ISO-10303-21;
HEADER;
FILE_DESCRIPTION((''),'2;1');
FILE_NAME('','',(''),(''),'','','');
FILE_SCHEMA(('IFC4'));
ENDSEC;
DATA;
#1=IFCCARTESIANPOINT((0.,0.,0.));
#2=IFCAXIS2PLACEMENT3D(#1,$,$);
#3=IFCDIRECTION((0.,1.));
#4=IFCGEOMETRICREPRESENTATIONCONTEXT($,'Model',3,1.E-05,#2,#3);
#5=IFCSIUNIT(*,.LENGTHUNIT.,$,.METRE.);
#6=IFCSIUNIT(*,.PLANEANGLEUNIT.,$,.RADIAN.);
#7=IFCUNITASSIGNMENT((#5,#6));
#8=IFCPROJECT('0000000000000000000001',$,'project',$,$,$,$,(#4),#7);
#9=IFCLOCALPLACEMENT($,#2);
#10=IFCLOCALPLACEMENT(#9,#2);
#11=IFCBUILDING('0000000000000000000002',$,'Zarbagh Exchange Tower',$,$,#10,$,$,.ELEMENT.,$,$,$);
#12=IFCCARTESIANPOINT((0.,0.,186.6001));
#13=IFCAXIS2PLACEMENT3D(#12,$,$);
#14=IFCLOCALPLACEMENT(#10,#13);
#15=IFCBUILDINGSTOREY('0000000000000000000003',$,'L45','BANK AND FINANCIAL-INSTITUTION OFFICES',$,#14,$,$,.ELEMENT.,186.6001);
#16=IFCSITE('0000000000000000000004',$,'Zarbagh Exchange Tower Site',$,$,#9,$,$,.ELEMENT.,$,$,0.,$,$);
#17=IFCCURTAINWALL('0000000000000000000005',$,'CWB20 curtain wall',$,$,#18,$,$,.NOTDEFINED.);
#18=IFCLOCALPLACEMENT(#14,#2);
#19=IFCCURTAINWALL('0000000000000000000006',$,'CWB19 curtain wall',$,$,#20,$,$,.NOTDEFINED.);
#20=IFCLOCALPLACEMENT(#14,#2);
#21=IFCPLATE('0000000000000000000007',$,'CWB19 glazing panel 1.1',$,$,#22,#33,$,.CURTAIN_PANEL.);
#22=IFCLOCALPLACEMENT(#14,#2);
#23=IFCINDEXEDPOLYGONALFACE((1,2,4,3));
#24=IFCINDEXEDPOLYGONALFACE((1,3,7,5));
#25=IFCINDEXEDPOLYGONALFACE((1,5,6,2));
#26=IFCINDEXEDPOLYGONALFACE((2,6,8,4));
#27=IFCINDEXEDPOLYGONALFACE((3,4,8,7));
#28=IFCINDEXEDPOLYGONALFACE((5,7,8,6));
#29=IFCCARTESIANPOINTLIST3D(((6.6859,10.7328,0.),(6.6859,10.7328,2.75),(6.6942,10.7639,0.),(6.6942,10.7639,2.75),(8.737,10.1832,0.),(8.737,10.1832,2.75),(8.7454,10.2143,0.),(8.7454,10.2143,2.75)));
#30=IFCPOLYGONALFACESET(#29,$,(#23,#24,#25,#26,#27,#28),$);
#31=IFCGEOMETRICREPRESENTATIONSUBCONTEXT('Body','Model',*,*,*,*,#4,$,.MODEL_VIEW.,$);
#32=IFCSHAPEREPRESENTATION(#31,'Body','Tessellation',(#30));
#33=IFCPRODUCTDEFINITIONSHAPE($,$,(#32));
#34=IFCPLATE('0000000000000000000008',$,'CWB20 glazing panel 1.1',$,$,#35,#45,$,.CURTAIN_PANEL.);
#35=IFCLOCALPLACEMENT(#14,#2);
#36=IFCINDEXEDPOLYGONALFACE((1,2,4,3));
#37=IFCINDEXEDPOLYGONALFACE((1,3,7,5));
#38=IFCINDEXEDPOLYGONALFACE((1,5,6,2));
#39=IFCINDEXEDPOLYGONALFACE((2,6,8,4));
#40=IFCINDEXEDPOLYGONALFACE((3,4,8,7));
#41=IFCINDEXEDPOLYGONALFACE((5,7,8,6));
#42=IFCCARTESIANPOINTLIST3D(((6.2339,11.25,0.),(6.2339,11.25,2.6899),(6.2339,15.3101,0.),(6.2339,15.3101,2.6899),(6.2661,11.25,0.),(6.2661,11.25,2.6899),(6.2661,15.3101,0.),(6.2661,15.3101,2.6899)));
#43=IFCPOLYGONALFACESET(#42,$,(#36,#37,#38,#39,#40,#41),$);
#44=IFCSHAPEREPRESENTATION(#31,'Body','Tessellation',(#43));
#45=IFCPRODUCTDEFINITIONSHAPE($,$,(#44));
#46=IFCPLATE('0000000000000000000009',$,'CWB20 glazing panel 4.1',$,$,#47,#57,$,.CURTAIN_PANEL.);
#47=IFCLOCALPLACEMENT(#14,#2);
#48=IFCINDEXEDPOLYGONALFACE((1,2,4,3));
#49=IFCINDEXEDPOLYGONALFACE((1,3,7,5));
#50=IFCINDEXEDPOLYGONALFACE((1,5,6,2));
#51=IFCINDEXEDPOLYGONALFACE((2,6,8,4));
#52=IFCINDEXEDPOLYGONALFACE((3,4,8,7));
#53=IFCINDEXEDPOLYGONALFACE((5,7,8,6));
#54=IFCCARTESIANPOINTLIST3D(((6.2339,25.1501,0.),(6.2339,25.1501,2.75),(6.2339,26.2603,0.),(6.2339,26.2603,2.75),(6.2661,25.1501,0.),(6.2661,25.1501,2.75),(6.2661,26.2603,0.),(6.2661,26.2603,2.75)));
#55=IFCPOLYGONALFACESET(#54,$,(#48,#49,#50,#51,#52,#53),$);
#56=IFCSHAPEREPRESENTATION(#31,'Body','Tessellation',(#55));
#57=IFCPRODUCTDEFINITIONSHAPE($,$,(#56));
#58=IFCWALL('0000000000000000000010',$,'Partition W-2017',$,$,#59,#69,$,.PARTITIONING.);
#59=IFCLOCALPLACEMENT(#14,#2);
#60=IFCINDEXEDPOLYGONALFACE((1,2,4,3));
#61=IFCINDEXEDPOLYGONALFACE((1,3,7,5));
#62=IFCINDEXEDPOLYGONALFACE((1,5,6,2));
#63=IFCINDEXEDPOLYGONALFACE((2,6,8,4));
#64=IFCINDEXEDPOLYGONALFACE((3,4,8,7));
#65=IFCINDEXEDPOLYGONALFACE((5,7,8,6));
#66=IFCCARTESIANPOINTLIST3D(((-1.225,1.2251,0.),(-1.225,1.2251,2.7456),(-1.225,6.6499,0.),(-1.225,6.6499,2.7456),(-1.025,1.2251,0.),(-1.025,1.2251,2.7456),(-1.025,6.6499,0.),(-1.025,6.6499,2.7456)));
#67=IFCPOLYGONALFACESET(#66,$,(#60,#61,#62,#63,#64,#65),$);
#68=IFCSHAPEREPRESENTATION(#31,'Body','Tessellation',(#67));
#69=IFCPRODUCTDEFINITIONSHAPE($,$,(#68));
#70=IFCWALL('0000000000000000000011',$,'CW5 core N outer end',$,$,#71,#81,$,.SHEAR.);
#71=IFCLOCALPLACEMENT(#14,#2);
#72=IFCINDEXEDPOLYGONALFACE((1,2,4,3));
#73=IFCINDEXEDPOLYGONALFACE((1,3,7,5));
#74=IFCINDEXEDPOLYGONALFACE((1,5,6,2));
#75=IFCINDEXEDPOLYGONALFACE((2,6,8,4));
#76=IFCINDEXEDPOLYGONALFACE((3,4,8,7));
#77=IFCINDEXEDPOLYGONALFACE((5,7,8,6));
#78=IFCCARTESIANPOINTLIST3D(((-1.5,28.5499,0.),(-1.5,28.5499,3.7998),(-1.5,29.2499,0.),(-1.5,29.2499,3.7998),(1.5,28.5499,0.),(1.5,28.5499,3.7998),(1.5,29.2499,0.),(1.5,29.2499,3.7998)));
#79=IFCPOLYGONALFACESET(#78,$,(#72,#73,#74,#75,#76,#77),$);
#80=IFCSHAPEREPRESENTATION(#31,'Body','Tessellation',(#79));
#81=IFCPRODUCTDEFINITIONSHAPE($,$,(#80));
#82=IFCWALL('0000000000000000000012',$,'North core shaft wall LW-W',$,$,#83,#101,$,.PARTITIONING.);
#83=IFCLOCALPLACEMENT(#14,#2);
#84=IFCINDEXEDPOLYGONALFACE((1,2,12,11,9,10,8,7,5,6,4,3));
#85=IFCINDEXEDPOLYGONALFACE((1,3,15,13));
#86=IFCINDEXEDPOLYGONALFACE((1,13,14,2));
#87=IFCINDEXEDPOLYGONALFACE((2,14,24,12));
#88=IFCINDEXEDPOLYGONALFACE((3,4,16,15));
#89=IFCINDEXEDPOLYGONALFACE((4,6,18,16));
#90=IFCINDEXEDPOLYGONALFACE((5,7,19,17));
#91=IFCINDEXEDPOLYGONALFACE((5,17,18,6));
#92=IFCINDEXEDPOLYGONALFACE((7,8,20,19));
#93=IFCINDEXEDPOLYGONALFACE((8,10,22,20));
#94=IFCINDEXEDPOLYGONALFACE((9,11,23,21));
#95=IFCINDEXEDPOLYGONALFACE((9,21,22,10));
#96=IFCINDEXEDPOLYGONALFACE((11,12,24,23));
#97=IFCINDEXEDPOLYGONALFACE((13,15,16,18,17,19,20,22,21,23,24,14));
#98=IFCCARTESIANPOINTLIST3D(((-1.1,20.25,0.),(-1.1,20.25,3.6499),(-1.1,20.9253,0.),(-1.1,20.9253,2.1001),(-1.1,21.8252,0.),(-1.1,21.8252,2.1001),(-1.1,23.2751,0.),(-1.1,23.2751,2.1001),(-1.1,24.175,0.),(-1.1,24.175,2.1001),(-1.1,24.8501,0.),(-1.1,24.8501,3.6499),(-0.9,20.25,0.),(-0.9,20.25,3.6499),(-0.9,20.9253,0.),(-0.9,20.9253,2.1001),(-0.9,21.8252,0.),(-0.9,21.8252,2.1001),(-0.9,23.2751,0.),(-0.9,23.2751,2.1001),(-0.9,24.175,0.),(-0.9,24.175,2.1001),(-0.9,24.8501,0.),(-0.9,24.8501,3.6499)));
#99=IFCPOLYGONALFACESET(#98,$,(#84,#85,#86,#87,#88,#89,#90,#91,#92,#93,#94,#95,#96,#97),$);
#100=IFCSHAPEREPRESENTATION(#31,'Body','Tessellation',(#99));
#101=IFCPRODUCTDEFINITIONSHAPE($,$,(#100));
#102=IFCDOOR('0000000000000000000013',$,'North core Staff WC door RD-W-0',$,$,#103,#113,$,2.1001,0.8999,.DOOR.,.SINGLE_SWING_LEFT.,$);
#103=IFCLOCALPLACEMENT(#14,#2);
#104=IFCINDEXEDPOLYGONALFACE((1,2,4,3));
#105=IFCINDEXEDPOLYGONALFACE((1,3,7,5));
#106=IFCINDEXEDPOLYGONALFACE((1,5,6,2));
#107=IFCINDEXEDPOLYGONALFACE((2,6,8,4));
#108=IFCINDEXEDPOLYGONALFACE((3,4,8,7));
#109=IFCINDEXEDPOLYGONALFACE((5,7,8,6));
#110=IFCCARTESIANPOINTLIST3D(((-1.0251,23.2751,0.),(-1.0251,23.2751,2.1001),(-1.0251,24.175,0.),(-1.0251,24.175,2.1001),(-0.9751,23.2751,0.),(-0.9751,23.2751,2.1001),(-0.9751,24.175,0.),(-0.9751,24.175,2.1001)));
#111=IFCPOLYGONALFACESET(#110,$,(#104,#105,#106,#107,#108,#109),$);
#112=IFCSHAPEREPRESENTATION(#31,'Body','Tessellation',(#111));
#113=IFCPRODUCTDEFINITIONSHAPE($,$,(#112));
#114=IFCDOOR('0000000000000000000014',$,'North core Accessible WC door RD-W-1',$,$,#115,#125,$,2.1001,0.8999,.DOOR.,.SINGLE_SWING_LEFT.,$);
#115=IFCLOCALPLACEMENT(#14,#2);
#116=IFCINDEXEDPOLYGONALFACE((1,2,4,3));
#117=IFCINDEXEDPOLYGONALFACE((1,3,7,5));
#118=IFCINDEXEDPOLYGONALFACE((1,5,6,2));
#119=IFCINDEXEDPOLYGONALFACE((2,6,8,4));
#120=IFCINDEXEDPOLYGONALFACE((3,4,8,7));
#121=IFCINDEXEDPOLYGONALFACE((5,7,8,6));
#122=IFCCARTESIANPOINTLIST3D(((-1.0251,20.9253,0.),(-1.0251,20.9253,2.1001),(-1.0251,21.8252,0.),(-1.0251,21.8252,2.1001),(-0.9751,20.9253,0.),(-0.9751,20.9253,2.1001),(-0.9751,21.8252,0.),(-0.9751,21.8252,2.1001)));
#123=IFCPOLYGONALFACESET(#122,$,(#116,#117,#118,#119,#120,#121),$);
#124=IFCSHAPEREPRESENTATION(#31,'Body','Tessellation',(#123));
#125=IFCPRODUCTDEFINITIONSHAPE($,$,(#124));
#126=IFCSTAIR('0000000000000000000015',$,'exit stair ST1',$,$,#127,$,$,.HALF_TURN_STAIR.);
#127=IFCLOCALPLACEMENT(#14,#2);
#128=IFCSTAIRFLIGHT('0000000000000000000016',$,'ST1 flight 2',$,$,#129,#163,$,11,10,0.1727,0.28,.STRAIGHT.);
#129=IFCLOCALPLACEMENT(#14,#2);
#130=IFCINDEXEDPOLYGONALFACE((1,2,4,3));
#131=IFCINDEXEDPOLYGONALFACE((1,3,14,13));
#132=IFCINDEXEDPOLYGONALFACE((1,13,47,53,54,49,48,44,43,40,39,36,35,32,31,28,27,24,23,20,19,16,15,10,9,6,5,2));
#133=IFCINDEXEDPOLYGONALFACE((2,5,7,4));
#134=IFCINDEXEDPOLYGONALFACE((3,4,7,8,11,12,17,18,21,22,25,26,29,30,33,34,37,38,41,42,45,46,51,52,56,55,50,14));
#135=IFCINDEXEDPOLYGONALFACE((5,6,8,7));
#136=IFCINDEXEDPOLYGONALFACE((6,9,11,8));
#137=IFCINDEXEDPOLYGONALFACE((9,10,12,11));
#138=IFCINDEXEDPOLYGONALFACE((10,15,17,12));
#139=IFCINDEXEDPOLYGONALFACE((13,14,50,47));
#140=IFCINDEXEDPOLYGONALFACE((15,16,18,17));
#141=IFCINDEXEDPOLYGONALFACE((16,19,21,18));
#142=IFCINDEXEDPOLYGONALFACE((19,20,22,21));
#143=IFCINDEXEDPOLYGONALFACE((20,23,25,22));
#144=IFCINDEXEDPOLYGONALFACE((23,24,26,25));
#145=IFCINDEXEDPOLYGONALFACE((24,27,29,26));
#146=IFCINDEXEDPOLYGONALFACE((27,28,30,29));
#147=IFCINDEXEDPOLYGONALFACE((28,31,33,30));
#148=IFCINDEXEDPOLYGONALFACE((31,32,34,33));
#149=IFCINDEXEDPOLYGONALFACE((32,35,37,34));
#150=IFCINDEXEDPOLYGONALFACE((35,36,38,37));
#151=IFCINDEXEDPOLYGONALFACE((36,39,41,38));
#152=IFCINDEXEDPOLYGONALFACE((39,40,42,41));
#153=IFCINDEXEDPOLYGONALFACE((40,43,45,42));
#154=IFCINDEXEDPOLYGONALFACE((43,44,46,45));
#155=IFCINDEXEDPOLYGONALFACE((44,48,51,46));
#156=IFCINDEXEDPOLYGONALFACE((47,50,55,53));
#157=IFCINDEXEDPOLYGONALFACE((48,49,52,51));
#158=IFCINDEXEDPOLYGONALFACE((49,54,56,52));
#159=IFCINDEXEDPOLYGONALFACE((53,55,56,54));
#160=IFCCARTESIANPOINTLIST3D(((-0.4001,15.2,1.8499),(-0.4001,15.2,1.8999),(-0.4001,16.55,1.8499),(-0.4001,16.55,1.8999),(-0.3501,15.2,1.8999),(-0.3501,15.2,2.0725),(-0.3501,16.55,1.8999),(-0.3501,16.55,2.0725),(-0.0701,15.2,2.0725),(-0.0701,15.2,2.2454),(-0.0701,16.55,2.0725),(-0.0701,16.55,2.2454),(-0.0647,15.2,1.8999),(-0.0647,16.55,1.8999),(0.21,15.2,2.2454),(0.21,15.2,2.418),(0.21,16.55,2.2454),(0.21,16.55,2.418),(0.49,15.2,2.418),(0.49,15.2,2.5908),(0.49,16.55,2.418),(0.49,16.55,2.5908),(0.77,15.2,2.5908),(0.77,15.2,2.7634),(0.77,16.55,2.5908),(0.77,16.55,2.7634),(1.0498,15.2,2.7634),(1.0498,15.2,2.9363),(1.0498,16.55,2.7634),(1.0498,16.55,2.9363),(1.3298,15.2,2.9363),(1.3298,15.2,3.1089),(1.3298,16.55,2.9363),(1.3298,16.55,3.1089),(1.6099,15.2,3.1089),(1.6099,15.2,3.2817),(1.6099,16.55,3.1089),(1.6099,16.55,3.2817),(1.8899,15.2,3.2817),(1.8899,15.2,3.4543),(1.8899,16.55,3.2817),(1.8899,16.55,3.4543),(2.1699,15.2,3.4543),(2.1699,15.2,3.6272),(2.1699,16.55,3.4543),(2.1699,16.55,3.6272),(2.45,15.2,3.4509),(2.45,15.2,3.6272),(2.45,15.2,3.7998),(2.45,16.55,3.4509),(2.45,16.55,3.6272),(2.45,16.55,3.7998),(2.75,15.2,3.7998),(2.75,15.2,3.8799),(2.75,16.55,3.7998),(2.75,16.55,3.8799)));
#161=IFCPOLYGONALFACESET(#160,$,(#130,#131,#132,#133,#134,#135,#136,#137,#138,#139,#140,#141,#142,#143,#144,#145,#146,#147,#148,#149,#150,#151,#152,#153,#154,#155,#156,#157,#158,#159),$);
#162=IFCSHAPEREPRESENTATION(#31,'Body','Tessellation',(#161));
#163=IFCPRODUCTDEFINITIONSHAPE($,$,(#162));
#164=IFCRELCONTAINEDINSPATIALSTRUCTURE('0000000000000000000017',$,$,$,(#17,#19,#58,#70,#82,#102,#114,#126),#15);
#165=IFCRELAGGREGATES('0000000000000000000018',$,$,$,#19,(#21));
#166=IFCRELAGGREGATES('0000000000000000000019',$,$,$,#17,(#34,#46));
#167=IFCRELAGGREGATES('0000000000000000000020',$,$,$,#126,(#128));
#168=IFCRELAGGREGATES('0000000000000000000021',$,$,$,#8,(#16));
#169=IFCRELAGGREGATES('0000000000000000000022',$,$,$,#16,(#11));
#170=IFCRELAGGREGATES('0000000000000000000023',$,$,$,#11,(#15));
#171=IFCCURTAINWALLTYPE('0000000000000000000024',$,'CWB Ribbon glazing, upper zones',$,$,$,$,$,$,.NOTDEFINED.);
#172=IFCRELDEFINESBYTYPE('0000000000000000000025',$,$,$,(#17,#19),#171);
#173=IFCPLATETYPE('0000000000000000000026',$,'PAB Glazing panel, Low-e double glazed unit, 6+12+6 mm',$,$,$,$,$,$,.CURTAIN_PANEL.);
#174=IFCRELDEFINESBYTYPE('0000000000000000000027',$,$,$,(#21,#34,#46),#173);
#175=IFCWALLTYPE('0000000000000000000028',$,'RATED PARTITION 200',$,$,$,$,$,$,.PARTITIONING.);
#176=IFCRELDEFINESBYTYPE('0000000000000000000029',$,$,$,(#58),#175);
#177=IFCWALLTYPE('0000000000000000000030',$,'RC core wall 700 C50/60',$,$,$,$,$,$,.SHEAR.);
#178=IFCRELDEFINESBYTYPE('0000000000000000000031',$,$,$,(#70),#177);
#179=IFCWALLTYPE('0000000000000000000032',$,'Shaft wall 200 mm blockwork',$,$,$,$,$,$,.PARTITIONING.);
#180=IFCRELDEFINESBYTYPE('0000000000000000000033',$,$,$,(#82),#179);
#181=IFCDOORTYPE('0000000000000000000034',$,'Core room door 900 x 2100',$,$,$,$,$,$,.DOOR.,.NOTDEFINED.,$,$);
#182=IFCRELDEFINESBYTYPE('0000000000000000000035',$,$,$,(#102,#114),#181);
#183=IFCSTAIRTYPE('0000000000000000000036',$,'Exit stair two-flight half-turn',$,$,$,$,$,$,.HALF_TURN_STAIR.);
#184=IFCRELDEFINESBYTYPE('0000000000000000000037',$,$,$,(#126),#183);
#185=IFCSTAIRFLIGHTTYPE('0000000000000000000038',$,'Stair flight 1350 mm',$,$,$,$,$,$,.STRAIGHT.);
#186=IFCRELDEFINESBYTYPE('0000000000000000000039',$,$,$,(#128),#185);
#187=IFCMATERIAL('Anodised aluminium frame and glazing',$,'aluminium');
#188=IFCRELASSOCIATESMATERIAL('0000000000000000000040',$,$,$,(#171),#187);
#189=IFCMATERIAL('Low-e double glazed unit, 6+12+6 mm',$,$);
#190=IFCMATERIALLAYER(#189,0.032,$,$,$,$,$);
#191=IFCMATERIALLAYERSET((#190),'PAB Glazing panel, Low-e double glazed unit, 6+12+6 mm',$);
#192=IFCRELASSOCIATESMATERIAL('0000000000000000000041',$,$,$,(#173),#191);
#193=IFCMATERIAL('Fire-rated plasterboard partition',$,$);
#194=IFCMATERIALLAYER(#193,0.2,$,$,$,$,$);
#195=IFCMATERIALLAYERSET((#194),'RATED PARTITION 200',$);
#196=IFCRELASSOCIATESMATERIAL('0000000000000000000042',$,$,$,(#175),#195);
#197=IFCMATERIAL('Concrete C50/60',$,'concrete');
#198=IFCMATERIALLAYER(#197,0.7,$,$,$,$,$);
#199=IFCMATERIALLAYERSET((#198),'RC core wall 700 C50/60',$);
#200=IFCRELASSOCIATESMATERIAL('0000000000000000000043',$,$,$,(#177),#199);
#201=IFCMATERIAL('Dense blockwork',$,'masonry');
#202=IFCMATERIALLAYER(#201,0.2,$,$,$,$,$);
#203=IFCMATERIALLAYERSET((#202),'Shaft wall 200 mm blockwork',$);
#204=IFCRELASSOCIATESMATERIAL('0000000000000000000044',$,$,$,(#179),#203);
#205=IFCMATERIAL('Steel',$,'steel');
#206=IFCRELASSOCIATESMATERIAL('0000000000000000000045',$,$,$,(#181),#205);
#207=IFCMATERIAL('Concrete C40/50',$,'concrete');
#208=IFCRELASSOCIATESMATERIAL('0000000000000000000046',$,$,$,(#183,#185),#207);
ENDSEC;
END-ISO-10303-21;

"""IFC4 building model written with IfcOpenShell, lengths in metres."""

from ifc_helpers import new_model, si_unit, direction, frame, frame_2d, origin, place, context, subcontext, project, spatial, polyline, rectangle, outline, extrude, source, transform, mapped, material, layer, layer_set, type_object, element, fill, aggregate, save


model = new_model("IFC4")

# Units and contexts
model_context = context("Model", 3, precision=1e-05, world=origin(), true_north=direction((0.0, 1.0)))
body_context = subcontext(model_context, "Body", "Model", "MODEL_VIEW")
ifc_project = project(units=[si_unit("LENGTHUNIT", "METRE"), si_unit("PLANEANGLEUNIT", "RADIAN")], contexts=[model_context])

# Site, building, storey
site_placement = place(None, origin())
site = spatial("IfcSite", under=ifc_project, at=site_placement, Name="Zarbagh Exchange Tower Site", CompositionType="ELEMENT", RefElevation=0.0)
building_placement = place(site_placement, origin())
building = spatial("IfcBuilding", under=site, at=building_placement, Name="Zarbagh Exchange Tower", CompositionType="ELEMENT")
storey_placement = place(building_placement, frame((0.0, 0.0, 186.6001)))
storey = spatial("IfcBuildingStorey", under=building, at=storey_placement, Name="L45", Description="BANK AND FINANCIAL-INSTITUTION OFFICES", CompositionType="ELEMENT", Elevation=186.6001)

# Shared definitions
ifc_material_1 = material(Name="Anodised aluminium frame and glazing", Category="aluminium")
curtain_wall_type = type_object("IfcCurtainWallType", Name="CWB Ribbon glazing, upper zones", PredefinedType="NOTDEFINED", material=ifc_material_1)
placement = place(storey_placement, origin())

# Curtain wall
curtain_wall_1_placement = place(storey_placement, origin())
curtain_wall_1 = element("IfcCurtainWall", 1, at=curtain_wall_1_placement, inside=storey, type_object=curtain_wall_type, Name="CWB20 curtain wall", PredefinedType="NOTDEFINED")

# Shared definitions
ifc_material_2 = material(Name="Low-e double glazed unit, 6+12+6 mm")
ifc_layer_1 = layer(ifc_material_2, 0.032)
ifc_layer_set_1 = layer_set([ifc_layer_1], Name="PAB Glazing panel, Low-e double glazed unit, 6+12+6 mm")
plate_type = type_object("IfcPlateType", Name="PAB Glazing panel, Low-e double glazed unit, 6+12+6 mm", PredefinedType="CURTAIN_PANEL", material=ifc_layer_set_1)

# Curtain wall, plate
curtain_wall_2_placement = place(storey_placement, origin())
curtain_wall_2 = element("IfcCurtainWall", 2, at=curtain_wall_2_placement, inside=storey, type_object=curtain_wall_type, Name="CWB19 curtain wall", PredefinedType="NOTDEFINED")
shared_shape_1 = source(origin(), body_context, "Body", "SweptSolid", [
    extrude(outline(polyline([(0.0, -0.0161), (2.1235, -0.0161), (2.1235, 0.0161), (0.0, 0.0161), (0.0, -0.0161)])), origin(), (0.0, 0.0, 1.0), 2.75),
])
plate_1 = element("IfcPlate", 3, at=placement, type_object=plate_type, Name="CWB19 glazing panel 1.1", PredefinedType="CURTAIN_PANEL", context=body_context, shape_type="MappedRepresentation", body=[
    mapped(shared_shape_1, transform((8.7412, 10.1987, 0.0), x_axis=(-0.965924, 0.258825, 0.0), y_axis=(-0.258825, -0.965924, 0.0), z_axis=(0.0, 0.0, 1.0))),
])
aggregate(curtain_wall_2, [plate_1])

# Plates
shared_shape_2 = source(origin(), body_context, "Body", "SweptSolid", [
    extrude(outline(polyline([(0.0, -0.0161), (4.0601, -0.0161), (4.0601, 0.0161), (0.0, 0.0161), (0.0, -0.0161)])), origin(), (0.0, 0.0, 1.0), 2.6899),
])
plate_2 = element("IfcPlate", 4, at=placement, type_object=plate_type, Name="CWB20 glazing panel 1.1", PredefinedType="CURTAIN_PANEL", context=body_context, shape_type="MappedRepresentation", body=[
    mapped(shared_shape_2, transform((6.25, 11.25, 0.0), x_axis=(0.0, 1.0, 0.0), y_axis=(-1.0, 0.0, 0.0), z_axis=(0.0, 0.0, 1.0))),
])
shared_shape_3 = source(origin(), body_context, "Body", "SweptSolid", [
    extrude(outline(polyline([(0.0, -0.0161), (1.1101, -0.0161), (1.1101, 0.0161), (0.0, 0.0161), (0.0, -0.0161)])), origin(), (0.0, 0.0, 1.0), 2.75),
])
plate_3 = element("IfcPlate", 5, at=placement, type_object=plate_type, Name="CWB20 glazing panel 4.1", PredefinedType="CURTAIN_PANEL", context=body_context, shape_type="MappedRepresentation", body=[
    mapped(shared_shape_3, transform((6.25, 25.1501, 0.0), x_axis=(0.0, 1.0, 0.0), y_axis=(-1.0, 0.0, 0.0), z_axis=(0.0, 0.0, 1.0))),
])
aggregate(curtain_wall_1, [plate_2, plate_3])

# Walls
ifc_material_3 = material(Name="Fire-rated plasterboard partition")
ifc_layer_2 = layer(ifc_material_3, 0.2)
ifc_layer_set_2 = layer_set([ifc_layer_2], Name="RATED PARTITION 200")
wall_type_1 = type_object("IfcWallType", Name="RATED PARTITION 200", PredefinedType="PARTITIONING", material=ifc_layer_set_2)
wall_1_placement = place(storey_placement, frame((-1.125, 1.2251, 0.0), z_axis=(0.0, 0.0, 1.0), x_axis=(0.0, 1.0, 0.0)))
element("IfcWall", 6, at=wall_1_placement, inside=storey, type_object=wall_type_1, Name="Partition W-2017", PredefinedType="PARTITIONING", context=body_context, shape_type="SweptSolid", body=[
    extrude(rectangle(XDim=5.4248, YDim=0.2, at=frame_2d((2.7124, 0.0))), origin(), (0.0, 0.0, 1.0), 2.7456),
])
ifc_material_4 = material(Name="Concrete C50/60", Category="concrete")
ifc_layer_3 = layer(ifc_material_4, 0.7)
ifc_layer_set_3 = layer_set([ifc_layer_3], Name="RC core wall 700 C50/60")
wall_type_2 = type_object("IfcWallType", Name="RC core wall 700 C50/60", PredefinedType="SHEAR", material=ifc_layer_set_3)
wall_2_placement = place(storey_placement, frame((-1.5, 28.8999, 0.0), z_axis=(0.0, 0.0, 1.0), x_axis=(1.0, 0.0, 0.0)))
element("IfcWall", 7, at=wall_2_placement, inside=storey, type_object=wall_type_2, Name="CW5 core N outer end", PredefinedType="SHEAR", context=body_context, shape_type="SweptSolid", body=[
    extrude(rectangle(XDim=3.0, YDim=0.7, at=frame_2d((1.5, 0.0))), origin(), (0.0, 0.0, 1.0), 3.7998),
])

# Wall, openings, doors
ifc_material_5 = material(Name="Dense blockwork", Category="masonry")
ifc_layer_4 = layer(ifc_material_5, 0.2)
ifc_layer_set_4 = layer_set([ifc_layer_4], Name="Shaft wall 200 mm blockwork")
wall_type_3 = type_object("IfcWallType", Name="Shaft wall 200 mm blockwork", PredefinedType="PARTITIONING", material=ifc_layer_set_4)
wall_3_placement = place(storey_placement, frame((-1.0, 24.8501, 0.0), z_axis=(0.0, 0.0, 1.0), x_axis=(0.0, -1.0, 0.0)))
wall_3 = element("IfcWall", 8, at=wall_3_placement, inside=storey, type_object=wall_type_3, Name="North core shaft wall LW-W", PredefinedType="PARTITIONING", context=body_context, shape_type="SweptSolid", body=[
    extrude(rectangle(XDim=4.6001, YDim=0.2, at=frame_2d((2.3, 0.0))), origin(), (0.0, 0.0, 1.0), 3.6499),
])
opening_1_placement = place(wall_3_placement, frame((0.675, 0.0, 0.0)))
opening_1 = element("IfcOpeningElement", 9, at=opening_1_placement, cuts=wall_3, PredefinedType="OPENING", context=body_context, shape_type="SweptSolid", body=[
    extrude(rectangle(XDim=0.8999, YDim=2.1001, at=frame_2d((0.45, 1.05))), frame((0.0, 0.1099, 0.0), z_axis=(0.0, -1.0, 0.0), x_axis=(1.0, 0.0, 0.0)), (0.0, 0.0, 1.0), 0.22),
])
opening_2_placement = place(wall_3_placement, frame((3.0249, 0.0, 0.0)))
opening_2 = element("IfcOpeningElement", 10, at=opening_2_placement, cuts=wall_3, PredefinedType="OPENING", context=body_context, shape_type="SweptSolid", body=[
    extrude(rectangle(XDim=0.8999, YDim=2.1001, at=frame_2d((0.45, 1.05))), frame((0.0, 0.1099, 0.0), z_axis=(0.0, -1.0, 0.0), x_axis=(1.0, 0.0, 0.0)), (0.0, 0.0, 1.0), 0.22),
])
ifc_material_6 = material(Name="Steel", Category="steel")
door_type = type_object("IfcDoorType", Name="Core room door 900 x 2100", OperationType="NOTDEFINED", PredefinedType="DOOR", material=ifc_material_6)
door_1_placement = place(opening_1_placement, origin())
door_1 = element("IfcDoor", 11, at=door_1_placement, inside=storey, type_object=door_type, Name="North core Staff WC door RD-W-0", OperationType="SINGLE_SWING_LEFT", OverallHeight=2.1001, OverallWidth=0.8999, PredefinedType="DOOR", context=body_context, shape_type="SweptSolid", body=[
    extrude(rectangle(XDim=0.8999, YDim=2.1001, at=frame_2d((0.45, 1.05))), frame((0.0, 0.0249, 0.0), z_axis=(0.0, -1.0, 0.0), x_axis=(1.0, 0.0, 0.0)), (0.0, 0.0, 1.0), 0.05),
])
fill(opening_1, door_1)
door_2_placement = place(opening_2_placement, origin())
door_2 = element("IfcDoor", 12, at=door_2_placement, inside=storey, type_object=door_type, Name="North core Accessible WC door RD-W-1", OperationType="SINGLE_SWING_LEFT", OverallHeight=2.1001, OverallWidth=0.8999, PredefinedType="DOOR", context=body_context, shape_type="SweptSolid", body=[
    extrude(rectangle(XDim=0.8999, YDim=2.1001, at=frame_2d((0.45, 1.05))), frame((0.0, 0.0249, 0.0), z_axis=(0.0, -1.0, 0.0), x_axis=(1.0, 0.0, 0.0)), (0.0, 0.0, 1.0), 0.05),
])
fill(opening_2, door_2)

# Stair, stair flight
ifc_material_7 = material(Name="Concrete C40/50", Category="concrete")
stair_type = type_object("IfcStairType", Name="Exit stair two-flight half-turn", PredefinedType="HALF_TURN_STAIR", material=ifc_material_7)
stair_1_placement = place(storey_placement, origin())
stair_1 = element("IfcStair", 13, at=stair_1_placement, inside=storey, type_object=stair_type, Name="exit stair ST1", PredefinedType="HALF_TURN_STAIR")
stair_flight_type_1 = type_object("IfcStairFlightType", Name="Stair flight 1350 mm", PredefinedType="STRAIGHT", material=ifc_material_7)
stair_flight_1_placement = place(storey_placement, frame((-0.3501, 15.875, 1.8999), z_axis=(0.0, 0.0, 1.0), x_axis=(1.0, 0.0, 0.0)))
stair_flight_1 = element("IfcStairFlight", 14, at=stair_flight_1_placement, type_object=stair_flight_type_1, Name="ST1 flight 2", NumberOfRisers=11, NumberOfTreads=10, PredefinedType="STRAIGHT", RiserHeight=0.1727, TreadLength=0.28, context=body_context, shape_type="SweptSolid", body=[
    extrude(outline(polyline([(-0.05, -0.05), (-0.05, 0.0), (0.0, 0.0), (0.0, 0.1726), (0.28, 0.1726), (0.28, 0.3455), (0.5601, 0.3455), (0.5601, 0.5181), (0.8401, 0.5181), (0.8401, 0.6909), (1.1201, 0.6909), (1.1201, 0.8635), (1.3999, 0.8635), (1.3999, 1.0364), (1.6799, 1.0364), (1.6799, 1.209), (1.96, 1.209), (1.96, 1.3818), (2.24, 1.3818), (2.24, 1.5544), (2.52, 1.5544), (2.52, 1.7273), (2.8, 1.7273), (2.8, 1.8999), (3.1001, 1.98), (3.1001, 1.8999), (2.8, 1.551), (0.2854, 0.0), (-0.05, -0.05)])), frame((0.0, 0.675, 0.0), z_axis=(0.0, -1.0, 0.0), x_axis=(1.0, 0.0, 0.0)), (0.0, 0.0, 1.0), 1.3501),
])
aggregate(stair_1, [stair_flight_1])

save(model, "model.ifc")
